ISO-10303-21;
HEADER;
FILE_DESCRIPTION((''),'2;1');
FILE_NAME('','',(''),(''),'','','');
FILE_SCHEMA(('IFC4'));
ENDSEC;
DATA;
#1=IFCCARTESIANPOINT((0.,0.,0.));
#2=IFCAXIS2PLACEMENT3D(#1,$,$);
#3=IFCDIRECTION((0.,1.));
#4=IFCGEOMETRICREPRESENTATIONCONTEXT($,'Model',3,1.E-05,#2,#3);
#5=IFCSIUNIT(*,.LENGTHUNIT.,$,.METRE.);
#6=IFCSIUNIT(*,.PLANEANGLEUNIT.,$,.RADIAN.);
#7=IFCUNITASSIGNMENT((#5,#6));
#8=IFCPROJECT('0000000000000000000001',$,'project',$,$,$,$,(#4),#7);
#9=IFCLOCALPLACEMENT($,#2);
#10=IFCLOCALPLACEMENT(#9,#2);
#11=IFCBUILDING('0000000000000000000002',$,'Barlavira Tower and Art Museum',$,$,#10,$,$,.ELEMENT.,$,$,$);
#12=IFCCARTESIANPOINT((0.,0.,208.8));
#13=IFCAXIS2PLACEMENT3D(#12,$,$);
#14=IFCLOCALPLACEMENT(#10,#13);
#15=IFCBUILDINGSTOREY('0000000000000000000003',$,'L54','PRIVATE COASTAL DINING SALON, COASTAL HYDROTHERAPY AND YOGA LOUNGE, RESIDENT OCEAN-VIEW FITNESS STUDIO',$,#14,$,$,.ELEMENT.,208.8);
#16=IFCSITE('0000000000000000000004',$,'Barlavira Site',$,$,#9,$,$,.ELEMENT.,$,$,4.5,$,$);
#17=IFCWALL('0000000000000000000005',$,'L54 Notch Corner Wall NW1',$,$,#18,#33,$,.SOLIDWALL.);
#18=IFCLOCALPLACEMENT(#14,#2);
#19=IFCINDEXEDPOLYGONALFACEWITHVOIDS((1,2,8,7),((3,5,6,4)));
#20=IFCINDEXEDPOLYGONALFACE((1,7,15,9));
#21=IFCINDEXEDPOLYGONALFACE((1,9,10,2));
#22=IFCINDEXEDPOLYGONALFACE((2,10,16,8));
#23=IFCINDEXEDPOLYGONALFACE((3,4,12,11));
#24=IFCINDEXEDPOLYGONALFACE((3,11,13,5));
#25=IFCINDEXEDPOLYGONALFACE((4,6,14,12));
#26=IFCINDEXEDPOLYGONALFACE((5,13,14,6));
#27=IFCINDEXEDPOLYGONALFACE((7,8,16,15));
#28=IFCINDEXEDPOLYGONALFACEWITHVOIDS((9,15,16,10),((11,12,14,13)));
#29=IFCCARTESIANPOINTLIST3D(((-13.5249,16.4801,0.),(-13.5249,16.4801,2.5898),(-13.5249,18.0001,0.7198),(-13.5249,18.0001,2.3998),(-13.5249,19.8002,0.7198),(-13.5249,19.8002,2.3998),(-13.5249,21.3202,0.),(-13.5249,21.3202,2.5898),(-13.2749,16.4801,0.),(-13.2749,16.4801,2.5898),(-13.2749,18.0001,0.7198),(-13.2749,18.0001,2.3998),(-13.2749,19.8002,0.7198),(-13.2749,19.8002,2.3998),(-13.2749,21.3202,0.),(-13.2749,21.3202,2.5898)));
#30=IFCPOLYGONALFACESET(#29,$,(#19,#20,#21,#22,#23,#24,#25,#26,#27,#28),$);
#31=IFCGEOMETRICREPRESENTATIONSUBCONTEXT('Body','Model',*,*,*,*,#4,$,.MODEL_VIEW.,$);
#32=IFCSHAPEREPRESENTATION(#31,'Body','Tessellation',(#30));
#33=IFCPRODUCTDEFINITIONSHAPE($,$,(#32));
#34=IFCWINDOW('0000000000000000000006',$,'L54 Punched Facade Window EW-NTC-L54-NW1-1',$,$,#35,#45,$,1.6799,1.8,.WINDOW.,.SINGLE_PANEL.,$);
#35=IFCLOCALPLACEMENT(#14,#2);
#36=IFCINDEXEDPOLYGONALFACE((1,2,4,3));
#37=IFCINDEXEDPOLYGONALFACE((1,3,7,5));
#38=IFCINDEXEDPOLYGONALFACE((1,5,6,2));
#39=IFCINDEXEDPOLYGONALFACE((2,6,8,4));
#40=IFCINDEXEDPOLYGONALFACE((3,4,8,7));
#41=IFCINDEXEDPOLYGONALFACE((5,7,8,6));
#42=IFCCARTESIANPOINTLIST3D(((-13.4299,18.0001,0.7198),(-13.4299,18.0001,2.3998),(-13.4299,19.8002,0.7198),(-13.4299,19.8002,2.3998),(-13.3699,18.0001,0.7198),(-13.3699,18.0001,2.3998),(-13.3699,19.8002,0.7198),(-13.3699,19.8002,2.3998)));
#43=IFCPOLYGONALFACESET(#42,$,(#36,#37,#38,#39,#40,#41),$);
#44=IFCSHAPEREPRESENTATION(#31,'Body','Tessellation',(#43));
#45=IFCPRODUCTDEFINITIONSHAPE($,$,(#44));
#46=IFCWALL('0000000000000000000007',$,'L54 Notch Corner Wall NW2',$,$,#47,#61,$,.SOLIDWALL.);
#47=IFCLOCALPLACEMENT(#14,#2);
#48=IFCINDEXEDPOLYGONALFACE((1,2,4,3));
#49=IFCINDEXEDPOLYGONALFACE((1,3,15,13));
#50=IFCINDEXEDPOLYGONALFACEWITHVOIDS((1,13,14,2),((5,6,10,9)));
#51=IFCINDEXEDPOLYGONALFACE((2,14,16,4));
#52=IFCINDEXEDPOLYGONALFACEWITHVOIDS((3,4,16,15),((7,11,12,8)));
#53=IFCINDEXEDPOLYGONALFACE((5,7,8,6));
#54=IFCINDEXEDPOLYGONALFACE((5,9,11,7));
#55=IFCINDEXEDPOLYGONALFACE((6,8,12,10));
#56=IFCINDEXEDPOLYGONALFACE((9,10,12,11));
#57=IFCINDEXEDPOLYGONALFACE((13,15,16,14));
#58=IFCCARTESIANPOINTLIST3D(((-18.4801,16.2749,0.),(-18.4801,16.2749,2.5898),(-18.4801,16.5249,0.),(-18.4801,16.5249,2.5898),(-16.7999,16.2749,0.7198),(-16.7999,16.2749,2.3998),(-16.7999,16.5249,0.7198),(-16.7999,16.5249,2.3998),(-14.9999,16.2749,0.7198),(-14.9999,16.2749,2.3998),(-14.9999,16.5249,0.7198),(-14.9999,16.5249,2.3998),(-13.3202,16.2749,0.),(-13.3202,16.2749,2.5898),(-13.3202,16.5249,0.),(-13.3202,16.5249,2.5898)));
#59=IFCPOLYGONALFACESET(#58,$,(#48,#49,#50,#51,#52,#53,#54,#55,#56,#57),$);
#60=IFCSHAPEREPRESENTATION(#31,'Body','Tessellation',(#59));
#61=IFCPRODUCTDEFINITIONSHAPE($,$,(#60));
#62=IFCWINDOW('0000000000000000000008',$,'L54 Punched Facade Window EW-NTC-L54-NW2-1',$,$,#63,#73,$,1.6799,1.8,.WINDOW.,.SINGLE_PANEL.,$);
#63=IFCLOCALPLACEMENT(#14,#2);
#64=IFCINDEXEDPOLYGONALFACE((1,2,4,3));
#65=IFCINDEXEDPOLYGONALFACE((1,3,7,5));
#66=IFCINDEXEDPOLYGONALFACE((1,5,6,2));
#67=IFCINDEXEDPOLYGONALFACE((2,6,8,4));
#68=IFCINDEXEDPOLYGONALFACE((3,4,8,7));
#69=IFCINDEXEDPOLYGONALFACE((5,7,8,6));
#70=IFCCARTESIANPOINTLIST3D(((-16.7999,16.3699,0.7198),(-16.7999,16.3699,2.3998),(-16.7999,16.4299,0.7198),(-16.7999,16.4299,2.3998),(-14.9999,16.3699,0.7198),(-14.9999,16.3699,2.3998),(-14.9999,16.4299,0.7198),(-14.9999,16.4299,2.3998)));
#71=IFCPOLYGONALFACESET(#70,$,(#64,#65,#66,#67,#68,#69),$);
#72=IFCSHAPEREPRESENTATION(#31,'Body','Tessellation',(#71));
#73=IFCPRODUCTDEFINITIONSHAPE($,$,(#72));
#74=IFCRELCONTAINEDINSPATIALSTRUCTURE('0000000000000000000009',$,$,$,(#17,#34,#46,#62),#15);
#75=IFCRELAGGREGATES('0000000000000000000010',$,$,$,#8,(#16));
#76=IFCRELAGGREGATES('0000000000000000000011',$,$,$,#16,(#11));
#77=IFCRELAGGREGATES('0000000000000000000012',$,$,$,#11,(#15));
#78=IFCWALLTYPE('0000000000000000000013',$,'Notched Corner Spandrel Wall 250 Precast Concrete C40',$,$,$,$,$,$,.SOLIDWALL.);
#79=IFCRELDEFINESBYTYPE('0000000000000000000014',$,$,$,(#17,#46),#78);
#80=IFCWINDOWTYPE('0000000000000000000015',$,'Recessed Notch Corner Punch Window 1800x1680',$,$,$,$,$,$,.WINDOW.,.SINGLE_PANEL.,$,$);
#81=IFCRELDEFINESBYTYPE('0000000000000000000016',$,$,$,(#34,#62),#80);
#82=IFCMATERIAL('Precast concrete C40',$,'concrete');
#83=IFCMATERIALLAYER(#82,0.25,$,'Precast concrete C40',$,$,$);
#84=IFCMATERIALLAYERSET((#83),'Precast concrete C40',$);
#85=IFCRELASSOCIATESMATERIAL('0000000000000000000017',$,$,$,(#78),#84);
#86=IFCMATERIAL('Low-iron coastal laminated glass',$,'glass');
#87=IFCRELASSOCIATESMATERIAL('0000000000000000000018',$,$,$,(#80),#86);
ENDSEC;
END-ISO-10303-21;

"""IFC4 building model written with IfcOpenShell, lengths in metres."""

from ifc_helpers import new_model, si_unit, direction, frame, frame_2d, origin, place, context, subcontext, project, spatial, rectangle, extrude, material, layer, layer_set, type_object, element, fill, save


model = new_model("IFC4")

# Units and contexts
model_context = context("Model", 3, precision=1e-05, world=origin(), true_north=direction((0.0, 1.0)))
body_context = subcontext(model_context, "Body", "Model", "MODEL_VIEW")
ifc_project = project(units=[si_unit("LENGTHUNIT", "METRE"), si_unit("PLANEANGLEUNIT", "RADIAN")], contexts=[model_context])

# Site, building, storey
site_placement = place(None, origin())
site = spatial("IfcSite", under=ifc_project, at=site_placement, Name="Barlavira Site", CompositionType="ELEMENT", RefElevation=4.5)
building_placement = place(site_placement, origin())
building = spatial("IfcBuilding", under=site, at=building_placement, Name="Barlavira Tower and Art Museum", CompositionType="ELEMENT")
storey_placement = place(building_placement, frame((0.0, 0.0, 208.8)))
storey = spatial("IfcBuildingStorey", under=building, at=storey_placement, Name="L54", Description="PRIVATE COASTAL DINING SALON, COASTAL HYDROTHERAPY AND YOGA LOUNGE, RESIDENT OCEAN-VIEW FITNESS STUDIO", CompositionType="ELEMENT", Elevation=208.8)

# Walls, openings, windows
ifc_material_1 = material(Name="Precast concrete C40", Category="concrete")
ifc_layer_1 = layer(ifc_material_1, 0.25, Name="Precast concrete C40")
ifc_layer_set_1 = layer_set([ifc_layer_1], Name="Precast concrete C40")
wall_type_1 = type_object("IfcWallType", Name="Notched Corner Spandrel Wall 250 Precast Concrete C40", PredefinedType="SOLIDWALL", material=ifc_layer_set_1)
ifc_material_2 = material(Name="Low-iron coastal laminated glass", Category="glass")
window_type_1 = type_object("IfcWindowType", Name="Recessed Notch Corner Punch Window 1800x1680", PartitioningType="SINGLE_PANEL", PredefinedType="WINDOW", material=ifc_material_2)
wall_1_placement = place(storey_placement, frame((-13.3999, 21.3201, 0.0), z_axis=(0.0, 0.0, 1.0), x_axis=(0.0, -1.0, 0.0)))
wall_1 = element("IfcWall", 1, at=wall_1_placement, inside=storey, type_object=wall_type_1, Name="L54 Notch Corner Wall NW1", PredefinedType="SOLIDWALL", context=body_context, shape_type="SweptSolid", body=[
    extrude(rectangle(XDim=4.8401, YDim=0.25, at=frame_2d((2.4199, 0.0))), origin(), (0.0, 0.0, 1.0), 2.5898),
])
opening_1_placement = place(wall_1_placement, frame((1.52, 0.0, 0.72)))
opening_1 = element("IfcOpeningElement", 2, at=opening_1_placement, cuts=wall_1, PredefinedType="OPENING", context=body_context, shape_type="SweptSolid", body=[
    extrude(rectangle(XDim=1.8, YDim=1.6799, at=frame_2d((0.8999, 0.8398))), frame((0.0, 0.135, 0.0), z_axis=(0.0, -1.0, 0.0), x_axis=(1.0, 0.0, 0.0)), (0.0, 0.0, 1.0), 0.27),
])
window_1_placement = place(opening_1_placement, origin())
window_1 = element("IfcWindow", 3, at=window_1_placement, inside=storey, type_object=window_type_1, Name="L54 Punched Facade Window EW-NTC-L54-NW1-1", OverallHeight=1.6799, OverallWidth=1.8, PartitioningType="SINGLE_PANEL", PredefinedType="WINDOW", context=body_context, shape_type="SweptSolid", body=[
    extrude(rectangle(XDim=1.8, YDim=1.6799, at=frame_2d((0.8999, 0.8398))), frame((0.0, 0.03, 0.0), z_axis=(0.0, -1.0, 0.0), x_axis=(1.0, 0.0, 0.0)), (0.0, 0.0, 1.0), 0.0601),
])
fill(opening_1, window_1)
wall_2_placement = place(storey_placement, frame((-13.3201, 16.3999, 0.0), z_axis=(0.0, 0.0, 1.0), x_axis=(-1.0, 0.0, 0.0)))
wall_2 = element("IfcWall", 4, at=wall_2_placement, inside=storey, type_object=wall_type_1, Name="L54 Notch Corner Wall NW2", PredefinedType="SOLIDWALL", context=body_context, shape_type="SweptSolid", body=[
    extrude(rectangle(XDim=5.1599, YDim=0.25, at=frame_2d((2.5801, 0.0))), origin(), (0.0, 0.0, 1.0), 2.5898),
])
opening_2_placement = place(wall_2_placement, frame((1.6799, 0.0, 0.72)))
opening_2 = element("IfcOpeningElement", 5, at=opening_2_placement, cuts=wall_2, PredefinedType="OPENING", context=body_context, shape_type="SweptSolid", body=[
    extrude(rectangle(XDim=1.8, YDim=1.6799, at=frame_2d((0.8999, 0.8398))), frame((0.0, 0.135, 0.0), z_axis=(0.0, -1.0, 0.0), x_axis=(1.0, 0.0, 0.0)), (0.0, 0.0, 1.0), 0.27),
])
window_2_placement = place(opening_2_placement, origin())
window_2 = element("IfcWindow", 6, at=window_2_placement, inside=storey, type_object=window_type_1, Name="L54 Punched Facade Window EW-NTC-L54-NW2-1", OverallHeight=1.6799, OverallWidth=1.8, PartitioningType="SINGLE_PANEL", PredefinedType="WINDOW", context=body_context, shape_type="SweptSolid", body=[
    extrude(rectangle(XDim=1.8, YDim=1.6799, at=frame_2d((0.8999, 0.8398))), frame((0.0, 0.03, 0.0), z_axis=(0.0, -1.0, 0.0), x_axis=(1.0, 0.0, 0.0)), (0.0, 0.0, 1.0), 0.0601),
])
fill(opening_2, window_2)

save(model, "model.ifc")
